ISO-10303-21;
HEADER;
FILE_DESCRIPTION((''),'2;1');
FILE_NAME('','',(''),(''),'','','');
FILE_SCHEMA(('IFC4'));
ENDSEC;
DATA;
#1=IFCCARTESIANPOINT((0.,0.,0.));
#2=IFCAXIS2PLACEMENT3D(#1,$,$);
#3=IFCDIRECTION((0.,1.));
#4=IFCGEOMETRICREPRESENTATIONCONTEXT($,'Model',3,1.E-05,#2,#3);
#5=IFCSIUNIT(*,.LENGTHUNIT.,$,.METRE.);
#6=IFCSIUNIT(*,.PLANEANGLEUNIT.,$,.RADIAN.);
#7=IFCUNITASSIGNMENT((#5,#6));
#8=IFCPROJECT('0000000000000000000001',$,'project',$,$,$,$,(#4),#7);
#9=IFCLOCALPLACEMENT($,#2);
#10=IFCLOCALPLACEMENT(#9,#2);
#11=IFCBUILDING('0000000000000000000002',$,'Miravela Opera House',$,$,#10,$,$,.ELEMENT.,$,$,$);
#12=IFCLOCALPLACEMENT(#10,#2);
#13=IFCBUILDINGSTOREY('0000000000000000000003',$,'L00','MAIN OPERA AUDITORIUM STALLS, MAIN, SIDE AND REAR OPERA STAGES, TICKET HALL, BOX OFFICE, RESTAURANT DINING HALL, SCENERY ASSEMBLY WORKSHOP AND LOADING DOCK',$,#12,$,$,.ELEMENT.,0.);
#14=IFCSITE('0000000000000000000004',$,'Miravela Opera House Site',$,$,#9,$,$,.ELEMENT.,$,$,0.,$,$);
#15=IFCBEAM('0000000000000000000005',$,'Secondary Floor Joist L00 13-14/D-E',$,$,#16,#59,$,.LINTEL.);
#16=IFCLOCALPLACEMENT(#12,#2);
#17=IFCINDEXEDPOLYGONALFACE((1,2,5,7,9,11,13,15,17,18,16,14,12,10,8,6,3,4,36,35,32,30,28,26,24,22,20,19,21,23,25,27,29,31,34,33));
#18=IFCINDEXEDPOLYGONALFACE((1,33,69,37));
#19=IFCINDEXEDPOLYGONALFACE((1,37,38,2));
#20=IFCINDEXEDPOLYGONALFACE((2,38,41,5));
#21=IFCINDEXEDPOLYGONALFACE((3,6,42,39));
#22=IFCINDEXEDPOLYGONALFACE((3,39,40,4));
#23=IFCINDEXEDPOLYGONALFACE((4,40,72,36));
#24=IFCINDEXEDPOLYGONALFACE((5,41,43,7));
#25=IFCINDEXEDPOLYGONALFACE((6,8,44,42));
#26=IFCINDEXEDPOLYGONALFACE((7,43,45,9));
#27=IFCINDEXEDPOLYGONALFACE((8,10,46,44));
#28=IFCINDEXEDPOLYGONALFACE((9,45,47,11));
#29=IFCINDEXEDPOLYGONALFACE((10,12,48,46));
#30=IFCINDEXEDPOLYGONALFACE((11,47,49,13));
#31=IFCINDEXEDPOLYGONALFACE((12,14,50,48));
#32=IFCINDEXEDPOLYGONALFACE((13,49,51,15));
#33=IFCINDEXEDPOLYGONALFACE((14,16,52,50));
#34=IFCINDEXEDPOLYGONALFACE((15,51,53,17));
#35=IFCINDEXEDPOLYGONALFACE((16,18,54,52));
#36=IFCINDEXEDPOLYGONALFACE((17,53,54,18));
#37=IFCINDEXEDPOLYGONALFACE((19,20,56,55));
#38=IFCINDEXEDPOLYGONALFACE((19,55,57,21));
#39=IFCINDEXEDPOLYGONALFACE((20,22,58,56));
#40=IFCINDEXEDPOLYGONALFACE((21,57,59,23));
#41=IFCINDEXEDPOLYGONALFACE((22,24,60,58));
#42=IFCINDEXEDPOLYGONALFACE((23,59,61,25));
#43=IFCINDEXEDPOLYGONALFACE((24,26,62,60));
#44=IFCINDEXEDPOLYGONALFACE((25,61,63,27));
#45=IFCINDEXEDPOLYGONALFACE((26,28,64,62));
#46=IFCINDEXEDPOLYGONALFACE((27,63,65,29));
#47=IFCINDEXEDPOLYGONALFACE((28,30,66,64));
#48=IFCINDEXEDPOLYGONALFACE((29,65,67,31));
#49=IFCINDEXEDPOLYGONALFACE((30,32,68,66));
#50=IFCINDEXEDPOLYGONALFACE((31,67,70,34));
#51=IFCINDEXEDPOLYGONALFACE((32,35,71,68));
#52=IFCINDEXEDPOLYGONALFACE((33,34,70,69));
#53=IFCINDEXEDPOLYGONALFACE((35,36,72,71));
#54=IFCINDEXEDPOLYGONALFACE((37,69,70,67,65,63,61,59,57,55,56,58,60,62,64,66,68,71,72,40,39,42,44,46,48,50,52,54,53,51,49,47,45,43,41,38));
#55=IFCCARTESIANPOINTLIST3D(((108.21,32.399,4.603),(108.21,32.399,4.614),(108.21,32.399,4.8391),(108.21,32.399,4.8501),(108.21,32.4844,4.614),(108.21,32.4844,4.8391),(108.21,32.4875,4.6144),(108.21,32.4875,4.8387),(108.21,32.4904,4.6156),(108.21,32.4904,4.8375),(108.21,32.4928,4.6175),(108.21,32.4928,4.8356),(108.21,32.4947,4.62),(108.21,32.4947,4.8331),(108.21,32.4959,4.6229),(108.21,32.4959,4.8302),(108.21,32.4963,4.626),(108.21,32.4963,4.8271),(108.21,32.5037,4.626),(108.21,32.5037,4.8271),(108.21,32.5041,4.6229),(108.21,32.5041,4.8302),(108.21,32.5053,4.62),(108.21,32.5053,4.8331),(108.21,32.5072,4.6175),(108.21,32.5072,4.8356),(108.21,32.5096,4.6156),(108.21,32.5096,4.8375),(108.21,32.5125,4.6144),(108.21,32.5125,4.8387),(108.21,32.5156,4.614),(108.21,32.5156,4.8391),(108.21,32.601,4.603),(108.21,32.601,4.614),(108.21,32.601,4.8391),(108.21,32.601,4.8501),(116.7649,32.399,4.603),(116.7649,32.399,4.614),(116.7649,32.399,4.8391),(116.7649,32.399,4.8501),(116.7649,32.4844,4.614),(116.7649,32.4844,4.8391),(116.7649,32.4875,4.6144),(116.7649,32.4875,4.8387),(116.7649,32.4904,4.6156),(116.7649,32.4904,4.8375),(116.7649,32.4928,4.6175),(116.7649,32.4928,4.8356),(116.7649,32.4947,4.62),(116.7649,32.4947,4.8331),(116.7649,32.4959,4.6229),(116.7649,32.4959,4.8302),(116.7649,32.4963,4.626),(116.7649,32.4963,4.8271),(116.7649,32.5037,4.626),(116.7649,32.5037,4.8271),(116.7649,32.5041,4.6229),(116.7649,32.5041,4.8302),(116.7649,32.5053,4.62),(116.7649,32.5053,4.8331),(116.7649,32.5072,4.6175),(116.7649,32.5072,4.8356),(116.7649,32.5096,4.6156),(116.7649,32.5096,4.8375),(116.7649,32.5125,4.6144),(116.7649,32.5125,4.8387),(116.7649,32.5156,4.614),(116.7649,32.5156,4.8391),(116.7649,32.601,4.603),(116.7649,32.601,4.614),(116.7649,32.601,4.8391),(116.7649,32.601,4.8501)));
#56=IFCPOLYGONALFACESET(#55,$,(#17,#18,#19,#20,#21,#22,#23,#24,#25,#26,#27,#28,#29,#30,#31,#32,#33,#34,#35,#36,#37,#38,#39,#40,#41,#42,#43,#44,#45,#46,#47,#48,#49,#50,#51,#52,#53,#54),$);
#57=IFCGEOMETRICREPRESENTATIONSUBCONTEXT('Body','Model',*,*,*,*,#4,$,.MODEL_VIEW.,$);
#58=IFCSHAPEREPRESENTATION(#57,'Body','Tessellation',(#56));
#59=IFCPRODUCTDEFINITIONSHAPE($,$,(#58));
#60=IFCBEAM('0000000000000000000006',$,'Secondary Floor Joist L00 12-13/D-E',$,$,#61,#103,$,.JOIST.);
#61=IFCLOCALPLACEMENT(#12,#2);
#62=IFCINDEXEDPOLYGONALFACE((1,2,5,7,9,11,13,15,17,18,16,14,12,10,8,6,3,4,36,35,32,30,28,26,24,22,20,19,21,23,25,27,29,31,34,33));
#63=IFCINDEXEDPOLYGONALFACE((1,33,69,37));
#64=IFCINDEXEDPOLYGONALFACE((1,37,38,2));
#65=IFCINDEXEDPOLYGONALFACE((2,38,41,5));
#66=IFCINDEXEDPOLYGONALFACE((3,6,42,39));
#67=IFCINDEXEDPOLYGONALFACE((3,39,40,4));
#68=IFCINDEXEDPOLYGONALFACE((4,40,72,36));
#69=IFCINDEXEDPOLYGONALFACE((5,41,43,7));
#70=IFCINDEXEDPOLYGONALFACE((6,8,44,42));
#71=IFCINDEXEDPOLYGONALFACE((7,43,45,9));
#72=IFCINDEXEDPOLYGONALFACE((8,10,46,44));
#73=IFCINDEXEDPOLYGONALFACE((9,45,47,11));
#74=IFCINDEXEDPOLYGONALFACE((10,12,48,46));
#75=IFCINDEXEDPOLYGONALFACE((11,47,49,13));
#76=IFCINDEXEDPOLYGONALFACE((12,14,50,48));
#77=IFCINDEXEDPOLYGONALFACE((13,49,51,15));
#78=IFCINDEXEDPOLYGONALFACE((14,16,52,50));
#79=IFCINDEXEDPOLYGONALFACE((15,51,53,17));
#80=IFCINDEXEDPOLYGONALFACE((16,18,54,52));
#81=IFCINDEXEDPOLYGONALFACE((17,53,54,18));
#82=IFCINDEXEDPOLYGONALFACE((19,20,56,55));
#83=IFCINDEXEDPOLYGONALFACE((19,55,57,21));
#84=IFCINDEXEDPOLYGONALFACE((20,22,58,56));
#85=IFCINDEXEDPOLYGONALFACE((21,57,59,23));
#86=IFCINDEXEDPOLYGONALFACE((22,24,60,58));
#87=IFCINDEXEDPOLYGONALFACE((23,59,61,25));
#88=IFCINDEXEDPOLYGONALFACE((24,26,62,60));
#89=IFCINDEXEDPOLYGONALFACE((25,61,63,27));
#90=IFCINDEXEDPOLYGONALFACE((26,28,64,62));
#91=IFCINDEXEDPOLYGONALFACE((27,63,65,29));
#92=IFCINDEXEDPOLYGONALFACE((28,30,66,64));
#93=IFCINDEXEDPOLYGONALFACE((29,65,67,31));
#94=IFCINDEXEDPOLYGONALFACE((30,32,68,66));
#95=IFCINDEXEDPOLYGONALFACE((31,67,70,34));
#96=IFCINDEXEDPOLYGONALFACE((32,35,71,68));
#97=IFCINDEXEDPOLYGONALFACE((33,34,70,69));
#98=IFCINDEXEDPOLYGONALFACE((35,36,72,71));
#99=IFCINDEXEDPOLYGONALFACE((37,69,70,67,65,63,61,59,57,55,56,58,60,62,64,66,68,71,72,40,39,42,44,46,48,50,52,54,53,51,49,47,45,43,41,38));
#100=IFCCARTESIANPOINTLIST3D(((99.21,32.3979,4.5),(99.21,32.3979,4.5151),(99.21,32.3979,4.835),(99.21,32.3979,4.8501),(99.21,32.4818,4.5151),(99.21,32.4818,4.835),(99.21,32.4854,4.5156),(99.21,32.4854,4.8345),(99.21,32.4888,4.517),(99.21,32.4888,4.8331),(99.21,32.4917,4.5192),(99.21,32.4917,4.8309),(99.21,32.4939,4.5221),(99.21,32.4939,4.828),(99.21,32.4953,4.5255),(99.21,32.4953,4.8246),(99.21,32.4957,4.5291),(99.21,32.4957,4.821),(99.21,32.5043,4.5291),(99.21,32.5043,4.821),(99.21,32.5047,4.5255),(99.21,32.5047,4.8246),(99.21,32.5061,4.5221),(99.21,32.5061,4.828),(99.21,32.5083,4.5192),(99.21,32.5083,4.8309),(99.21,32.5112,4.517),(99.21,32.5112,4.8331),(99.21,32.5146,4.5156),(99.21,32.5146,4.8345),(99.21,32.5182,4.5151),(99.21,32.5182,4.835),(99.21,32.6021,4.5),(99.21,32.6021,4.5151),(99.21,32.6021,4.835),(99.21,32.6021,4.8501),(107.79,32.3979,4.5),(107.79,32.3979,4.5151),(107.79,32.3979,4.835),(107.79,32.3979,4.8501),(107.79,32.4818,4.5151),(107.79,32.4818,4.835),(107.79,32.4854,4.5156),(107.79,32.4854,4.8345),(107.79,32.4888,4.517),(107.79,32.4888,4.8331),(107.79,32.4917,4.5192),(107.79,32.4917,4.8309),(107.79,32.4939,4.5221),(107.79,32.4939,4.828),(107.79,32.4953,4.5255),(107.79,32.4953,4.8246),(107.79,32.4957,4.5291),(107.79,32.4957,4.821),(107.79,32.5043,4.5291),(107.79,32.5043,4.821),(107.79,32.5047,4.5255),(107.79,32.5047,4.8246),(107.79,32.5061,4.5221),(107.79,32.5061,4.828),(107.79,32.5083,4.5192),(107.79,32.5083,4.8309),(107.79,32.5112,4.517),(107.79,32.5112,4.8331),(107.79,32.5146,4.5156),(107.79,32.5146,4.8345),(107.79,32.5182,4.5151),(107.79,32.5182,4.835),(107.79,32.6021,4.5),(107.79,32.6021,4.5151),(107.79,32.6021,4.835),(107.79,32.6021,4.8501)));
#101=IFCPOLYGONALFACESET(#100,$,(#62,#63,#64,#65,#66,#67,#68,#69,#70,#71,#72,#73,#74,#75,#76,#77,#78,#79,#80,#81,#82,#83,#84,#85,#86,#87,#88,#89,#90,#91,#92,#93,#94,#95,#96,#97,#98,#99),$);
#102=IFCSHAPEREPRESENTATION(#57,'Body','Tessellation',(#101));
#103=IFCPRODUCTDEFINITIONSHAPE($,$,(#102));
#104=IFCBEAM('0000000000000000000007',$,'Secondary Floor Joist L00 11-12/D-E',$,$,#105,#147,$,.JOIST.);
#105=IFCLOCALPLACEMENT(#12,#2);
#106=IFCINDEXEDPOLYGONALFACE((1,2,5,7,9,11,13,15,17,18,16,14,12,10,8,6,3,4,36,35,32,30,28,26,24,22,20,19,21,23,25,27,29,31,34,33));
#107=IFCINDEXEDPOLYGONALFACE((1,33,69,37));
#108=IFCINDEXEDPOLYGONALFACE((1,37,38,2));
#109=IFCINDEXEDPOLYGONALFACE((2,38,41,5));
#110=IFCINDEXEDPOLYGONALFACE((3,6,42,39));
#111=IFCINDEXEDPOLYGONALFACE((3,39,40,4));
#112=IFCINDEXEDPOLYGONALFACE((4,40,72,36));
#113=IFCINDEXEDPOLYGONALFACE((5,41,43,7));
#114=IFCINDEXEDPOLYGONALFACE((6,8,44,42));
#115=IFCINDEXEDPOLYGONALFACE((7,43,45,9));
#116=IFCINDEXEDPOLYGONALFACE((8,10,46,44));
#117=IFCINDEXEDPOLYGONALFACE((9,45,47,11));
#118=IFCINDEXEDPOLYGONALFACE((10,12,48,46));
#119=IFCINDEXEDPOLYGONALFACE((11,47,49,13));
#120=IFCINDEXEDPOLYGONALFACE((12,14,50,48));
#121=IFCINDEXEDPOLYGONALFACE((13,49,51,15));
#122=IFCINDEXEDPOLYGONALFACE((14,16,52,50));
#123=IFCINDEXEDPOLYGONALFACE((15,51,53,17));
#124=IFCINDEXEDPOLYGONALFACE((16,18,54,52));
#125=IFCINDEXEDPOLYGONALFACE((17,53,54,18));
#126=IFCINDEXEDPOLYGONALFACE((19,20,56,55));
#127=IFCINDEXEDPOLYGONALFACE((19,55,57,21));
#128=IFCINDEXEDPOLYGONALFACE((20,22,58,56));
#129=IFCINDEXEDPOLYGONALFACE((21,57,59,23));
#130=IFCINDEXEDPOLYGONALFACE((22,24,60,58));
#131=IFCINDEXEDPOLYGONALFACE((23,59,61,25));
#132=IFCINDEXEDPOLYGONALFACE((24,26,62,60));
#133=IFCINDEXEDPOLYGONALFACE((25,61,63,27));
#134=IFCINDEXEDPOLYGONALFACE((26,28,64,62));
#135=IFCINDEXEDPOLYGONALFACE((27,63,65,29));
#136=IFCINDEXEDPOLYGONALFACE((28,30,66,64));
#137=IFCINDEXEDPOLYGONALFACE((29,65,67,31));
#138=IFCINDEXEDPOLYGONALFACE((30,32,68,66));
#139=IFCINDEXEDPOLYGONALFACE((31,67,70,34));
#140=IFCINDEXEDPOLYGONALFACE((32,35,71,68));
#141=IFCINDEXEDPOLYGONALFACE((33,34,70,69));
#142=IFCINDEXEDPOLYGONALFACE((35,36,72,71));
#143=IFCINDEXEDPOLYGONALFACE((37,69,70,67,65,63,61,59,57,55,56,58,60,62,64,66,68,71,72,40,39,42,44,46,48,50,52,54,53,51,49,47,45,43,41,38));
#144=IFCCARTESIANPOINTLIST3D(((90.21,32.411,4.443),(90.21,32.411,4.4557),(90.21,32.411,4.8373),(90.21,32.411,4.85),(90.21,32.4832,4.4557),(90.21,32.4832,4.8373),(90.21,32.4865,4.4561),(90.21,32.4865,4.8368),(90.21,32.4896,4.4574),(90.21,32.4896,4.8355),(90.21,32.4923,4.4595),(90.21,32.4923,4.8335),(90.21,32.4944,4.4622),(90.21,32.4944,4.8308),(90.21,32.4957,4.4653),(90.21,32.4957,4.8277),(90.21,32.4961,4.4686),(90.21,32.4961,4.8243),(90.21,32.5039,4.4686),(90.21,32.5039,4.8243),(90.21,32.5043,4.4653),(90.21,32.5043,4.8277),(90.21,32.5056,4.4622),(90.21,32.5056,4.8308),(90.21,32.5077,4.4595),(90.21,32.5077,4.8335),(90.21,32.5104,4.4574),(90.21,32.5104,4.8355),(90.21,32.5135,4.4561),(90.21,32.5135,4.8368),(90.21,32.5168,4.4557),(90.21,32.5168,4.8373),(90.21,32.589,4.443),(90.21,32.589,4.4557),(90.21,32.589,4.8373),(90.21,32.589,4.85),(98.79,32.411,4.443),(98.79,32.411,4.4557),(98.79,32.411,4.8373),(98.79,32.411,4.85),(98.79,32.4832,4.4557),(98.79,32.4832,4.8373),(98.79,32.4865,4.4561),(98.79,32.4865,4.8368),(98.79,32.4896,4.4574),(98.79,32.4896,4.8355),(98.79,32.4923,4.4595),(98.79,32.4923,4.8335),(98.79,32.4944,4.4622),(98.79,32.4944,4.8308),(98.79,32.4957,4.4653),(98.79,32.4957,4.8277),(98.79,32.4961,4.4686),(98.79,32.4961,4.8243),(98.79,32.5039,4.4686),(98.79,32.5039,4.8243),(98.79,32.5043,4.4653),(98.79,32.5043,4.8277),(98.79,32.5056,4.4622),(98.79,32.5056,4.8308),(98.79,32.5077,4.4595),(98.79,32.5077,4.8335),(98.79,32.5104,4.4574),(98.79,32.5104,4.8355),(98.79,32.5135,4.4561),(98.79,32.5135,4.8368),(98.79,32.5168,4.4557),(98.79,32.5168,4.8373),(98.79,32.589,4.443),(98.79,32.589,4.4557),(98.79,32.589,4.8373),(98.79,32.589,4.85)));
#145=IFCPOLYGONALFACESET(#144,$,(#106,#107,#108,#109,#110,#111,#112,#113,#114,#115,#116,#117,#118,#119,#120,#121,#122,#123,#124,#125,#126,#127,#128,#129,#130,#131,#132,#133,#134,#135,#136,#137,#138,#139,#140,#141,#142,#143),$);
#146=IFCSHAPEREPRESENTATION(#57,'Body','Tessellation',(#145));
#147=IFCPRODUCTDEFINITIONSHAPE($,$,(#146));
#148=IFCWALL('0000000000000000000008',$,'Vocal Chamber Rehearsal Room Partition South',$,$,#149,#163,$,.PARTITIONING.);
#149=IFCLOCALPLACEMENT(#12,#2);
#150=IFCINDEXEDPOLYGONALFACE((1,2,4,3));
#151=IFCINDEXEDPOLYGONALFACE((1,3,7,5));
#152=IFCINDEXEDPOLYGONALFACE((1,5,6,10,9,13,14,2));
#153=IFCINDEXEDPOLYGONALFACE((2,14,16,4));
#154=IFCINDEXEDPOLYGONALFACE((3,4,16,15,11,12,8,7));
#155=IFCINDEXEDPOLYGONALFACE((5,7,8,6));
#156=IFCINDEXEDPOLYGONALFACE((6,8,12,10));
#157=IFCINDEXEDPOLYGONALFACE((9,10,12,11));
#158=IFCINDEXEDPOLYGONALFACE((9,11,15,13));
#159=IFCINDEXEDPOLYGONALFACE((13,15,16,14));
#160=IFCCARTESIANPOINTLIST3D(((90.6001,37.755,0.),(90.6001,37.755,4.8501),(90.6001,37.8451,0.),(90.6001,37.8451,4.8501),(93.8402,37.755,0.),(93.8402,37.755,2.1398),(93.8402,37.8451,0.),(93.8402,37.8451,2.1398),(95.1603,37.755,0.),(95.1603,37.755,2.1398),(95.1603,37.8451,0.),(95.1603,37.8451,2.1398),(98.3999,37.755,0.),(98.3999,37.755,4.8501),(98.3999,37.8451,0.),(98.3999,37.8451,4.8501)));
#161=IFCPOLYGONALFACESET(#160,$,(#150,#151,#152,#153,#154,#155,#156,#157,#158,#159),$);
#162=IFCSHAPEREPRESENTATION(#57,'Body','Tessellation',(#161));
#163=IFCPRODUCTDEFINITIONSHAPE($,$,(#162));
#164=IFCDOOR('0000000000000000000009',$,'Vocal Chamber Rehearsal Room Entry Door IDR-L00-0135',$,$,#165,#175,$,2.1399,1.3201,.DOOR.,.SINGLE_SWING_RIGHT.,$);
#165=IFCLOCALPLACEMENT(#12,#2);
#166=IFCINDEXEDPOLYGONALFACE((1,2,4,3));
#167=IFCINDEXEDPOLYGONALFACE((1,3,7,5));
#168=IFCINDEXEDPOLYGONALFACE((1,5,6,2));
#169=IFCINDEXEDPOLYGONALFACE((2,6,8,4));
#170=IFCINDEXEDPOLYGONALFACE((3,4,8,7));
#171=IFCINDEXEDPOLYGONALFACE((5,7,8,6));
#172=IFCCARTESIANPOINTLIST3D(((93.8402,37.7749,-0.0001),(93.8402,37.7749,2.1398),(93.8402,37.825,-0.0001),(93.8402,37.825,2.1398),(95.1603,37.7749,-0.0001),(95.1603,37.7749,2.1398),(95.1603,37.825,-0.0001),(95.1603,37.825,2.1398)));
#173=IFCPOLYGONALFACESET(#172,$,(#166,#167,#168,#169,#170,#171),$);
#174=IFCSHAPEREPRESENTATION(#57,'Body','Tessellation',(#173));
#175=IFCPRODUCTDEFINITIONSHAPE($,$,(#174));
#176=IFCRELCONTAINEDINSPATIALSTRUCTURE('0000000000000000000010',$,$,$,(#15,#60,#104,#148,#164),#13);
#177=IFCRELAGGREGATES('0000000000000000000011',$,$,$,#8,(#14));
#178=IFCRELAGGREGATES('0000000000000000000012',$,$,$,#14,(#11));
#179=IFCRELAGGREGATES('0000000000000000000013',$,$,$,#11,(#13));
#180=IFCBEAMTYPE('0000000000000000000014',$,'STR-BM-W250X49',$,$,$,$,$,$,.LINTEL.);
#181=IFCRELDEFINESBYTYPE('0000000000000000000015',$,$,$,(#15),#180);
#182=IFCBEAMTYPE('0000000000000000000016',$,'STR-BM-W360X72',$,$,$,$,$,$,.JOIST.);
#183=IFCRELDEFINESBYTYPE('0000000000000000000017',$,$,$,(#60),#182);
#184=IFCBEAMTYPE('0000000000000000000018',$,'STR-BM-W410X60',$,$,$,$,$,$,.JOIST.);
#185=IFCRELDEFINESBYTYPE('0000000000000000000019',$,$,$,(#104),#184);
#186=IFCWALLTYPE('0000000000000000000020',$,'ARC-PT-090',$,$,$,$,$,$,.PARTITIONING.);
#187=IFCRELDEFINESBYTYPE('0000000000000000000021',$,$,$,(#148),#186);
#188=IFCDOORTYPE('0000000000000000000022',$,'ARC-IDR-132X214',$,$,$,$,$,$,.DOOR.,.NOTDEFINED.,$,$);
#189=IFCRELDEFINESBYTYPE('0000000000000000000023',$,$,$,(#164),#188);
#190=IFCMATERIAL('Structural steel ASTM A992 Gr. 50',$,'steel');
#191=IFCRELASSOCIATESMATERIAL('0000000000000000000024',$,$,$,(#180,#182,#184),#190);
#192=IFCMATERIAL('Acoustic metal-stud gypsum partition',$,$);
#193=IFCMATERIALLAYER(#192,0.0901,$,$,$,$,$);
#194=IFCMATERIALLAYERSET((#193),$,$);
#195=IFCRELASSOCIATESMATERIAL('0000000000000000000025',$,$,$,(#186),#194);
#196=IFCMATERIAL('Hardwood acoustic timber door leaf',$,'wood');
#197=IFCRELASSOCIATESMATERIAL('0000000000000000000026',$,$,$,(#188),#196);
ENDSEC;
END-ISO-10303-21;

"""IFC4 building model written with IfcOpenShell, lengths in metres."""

from ifc_helpers import new_model, si_unit, direction, frame, frame_2d, origin, origin_2d, place, context, subcontext, project, spatial, rectangle, i_section, extrude, material, layer, layer_set, material_profile, profile_set, type_object, element, fill, save


model = new_model("IFC4")

# Units and contexts
model_context = context("Model", 3, precision=1e-05, world=origin(), true_north=direction((0.0, 1.0)))
body_context = subcontext(model_context, "Body", "Model", "MODEL_VIEW")
ifc_project = project(units=[si_unit("LENGTHUNIT", "METRE"), si_unit("PLANEANGLEUNIT", "RADIAN")], contexts=[model_context])

# Site, building, storey
site_placement = place(None, origin())
site = spatial("IfcSite", under=ifc_project, at=site_placement, Name="Miravela Opera House Site", CompositionType="ELEMENT", RefElevation=0.0)
building_placement = place(site_placement, origin())
building = spatial("IfcBuilding", under=site, at=building_placement, Name="Miravela Opera House", CompositionType="ELEMENT")
storey_placement = place(building_placement, origin())
storey = spatial("IfcBuildingStorey", under=building, at=storey_placement, Name="L00", Description="MAIN OPERA AUDITORIUM STALLS, MAIN, SIDE AND REAR OPERA STAGES, TICKET HALL, BOX OFFICE, RESTAURANT DINING HALL, SCENERY ASSEMBLY WORKSHOP AND LOADING DOCK", CompositionType="ELEMENT", Elevation=0.0)

# Beams
ifc_material_1 = material(Name="Structural steel ASTM A992 Gr. 50", Category="steel")
ifc_material_profile_1 = material_profile(ifc_material_1, i_section(OverallWidth=0.2019, OverallDepth=0.2471, WebThickness=0.0073, FlangeThickness=0.011, FilletRadius=0.012, at=origin_2d()), Name="W250X49")
ifc_profile_set_1 = profile_set([ifc_material_profile_1])
beam_type_1 = type_object("IfcBeamType", Name="STR-BM-W250X49", PredefinedType="LINTEL", material=ifc_profile_set_1)
beam_1_placement = place(storey_placement, frame((108.21, 32.5, 4.7266), z_axis=(1.0, 0.0, 0.0), x_axis=(0.0, 1.0, 0.0)))
element("IfcBeam", 1, at=beam_1_placement, inside=storey, type_object=beam_type_1, Name="Secondary Floor Joist L00 13-14/D-E", PredefinedType="LINTEL", context=body_context, shape_type="SweptSolid", body=[
    extrude(i_section(OverallWidth=0.2019, OverallDepth=0.2471, WebThickness=0.0073, FlangeThickness=0.011, FilletRadius=0.012, at=origin_2d()), origin(), (0.0, 0.0, 1.0), 8.5549),
])
ifc_material_profile_2 = material_profile(ifc_material_1, i_section(OverallWidth=0.2041, OverallDepth=0.3501, WebThickness=0.0085, FlangeThickness=0.0151, FilletRadius=0.0139, at=origin_2d()), Name="W360X72")
ifc_profile_set_2 = profile_set([ifc_material_profile_2])
beam_type_2 = type_object("IfcBeamType", Name="STR-BM-W360X72", PredefinedType="JOIST", material=ifc_profile_set_2)
beam_2_placement = place(storey_placement, frame((99.21, 32.5, 4.675), z_axis=(1.0, 0.0, 0.0), x_axis=(0.0, 1.0, 0.0)))
element("IfcBeam", 2, at=beam_2_placement, inside=storey, type_object=beam_type_2, Name="Secondary Floor Joist L00 12-13/D-E", PredefinedType="JOIST", context=body_context, shape_type="SweptSolid", body=[
    extrude(i_section(OverallWidth=0.2041, OverallDepth=0.3501, WebThickness=0.0085, FlangeThickness=0.0151, FilletRadius=0.0139, at=origin_2d()), origin(), (0.0, 0.0, 1.0), 8.5801),
])
ifc_material_profile_3 = material_profile(ifc_material_1, i_section(OverallWidth=0.178, OverallDepth=0.407, WebThickness=0.0078, FlangeThickness=0.0127, FilletRadius=0.0129, at=origin_2d()), Name="W410X60")
ifc_profile_set_3 = profile_set([ifc_material_profile_3])
beam_type_3 = type_object("IfcBeamType", Name="STR-BM-W410X60", PredefinedType="JOIST", material=ifc_profile_set_3)
beam_3_placement = place(storey_placement, frame((90.21, 32.5, 4.6465), z_axis=(1.0, 0.0, 0.0), x_axis=(0.0, 1.0, 0.0)))
element("IfcBeam", 3, at=beam_3_placement, inside=storey, type_object=beam_type_3, Name="Secondary Floor Joist L00 11-12/D-E", PredefinedType="JOIST", context=body_context, shape_type="SweptSolid", body=[
    extrude(i_section(OverallWidth=0.178, OverallDepth=0.407, WebThickness=0.0078, FlangeThickness=0.0127, FilletRadius=0.0129, at=origin_2d()), origin(), (0.0, 0.0, 1.0), 8.5801),
])

# Wall, opening, door
ifc_material_2 = material(Name="Acoustic metal-stud gypsum partition")
ifc_layer_1 = layer(ifc_material_2, 0.0901)
ifc_layer_set_1 = layer_set([ifc_layer_1])
wall_type_1 = type_object("IfcWallType", Name="ARC-PT-090", PredefinedType="PARTITIONING", material=ifc_layer_set_1)
wall_1_placement = place(storey_placement, frame((90.6001, 37.8, 0.0), z_axis=(0.0, 0.0, 1.0), x_axis=(1.0, 0.0, 0.0)))
wall_1 = element("IfcWall", 4, at=wall_1_placement, inside=storey, type_object=wall_type_1, Name="Vocal Chamber Rehearsal Room Partition South", PredefinedType="PARTITIONING", context=body_context, shape_type="SweptSolid", body=[
    extrude(rectangle(XDim=7.7998, YDim=0.0901, at=frame_2d((3.8999, 0.0))), origin(), (0.0, 0.0, 1.0), 4.8501),
])
opening_1_placement = place(wall_1_placement, frame((3.24, 0.0, 0.0)))
opening_1 = element("IfcOpeningElement", 5, at=opening_1_placement, cuts=wall_1, PredefinedType="OPENING", context=body_context, shape_type="SweptSolid", body=[
    extrude(rectangle(XDim=1.3201, YDim=2.1399, at=frame_2d((0.6602, 1.0698))), frame((0.0, 0.0549, 0.0), z_axis=(0.0, -1.0, 0.0), x_axis=(1.0, 0.0, 0.0)), (0.0, 0.0, 1.0), 0.1101),
])
ifc_material_3 = material(Name="Hardwood acoustic timber door leaf", Category="wood")
door_type_1 = type_object("IfcDoorType", Name="ARC-IDR-132X214", OperationType="NOTDEFINED", PredefinedType="DOOR", material=ifc_material_3)
door_1_placement = place(opening_1_placement, origin())
door_1 = element("IfcDoor", 6, at=door_1_placement, inside=storey, type_object=door_type_1, Name="Vocal Chamber Rehearsal Room Entry Door IDR-L00-0135", OperationType="SINGLE_SWING_RIGHT", OverallHeight=2.1399, OverallWidth=1.3201, PredefinedType="DOOR", context=body_context, shape_type="SweptSolid", body=[
    extrude(rectangle(XDim=1.3201, YDim=2.1399, at=frame_2d((0.6602, 1.0698))), frame((0.0, 0.0249, 0.0), z_axis=(0.0, -1.0, 0.0), x_axis=(1.0, 0.0, 0.0)), (0.0, 0.0, 1.0), 0.05),
])
fill(opening_1, door_1)

save(model, "model.ifc")
